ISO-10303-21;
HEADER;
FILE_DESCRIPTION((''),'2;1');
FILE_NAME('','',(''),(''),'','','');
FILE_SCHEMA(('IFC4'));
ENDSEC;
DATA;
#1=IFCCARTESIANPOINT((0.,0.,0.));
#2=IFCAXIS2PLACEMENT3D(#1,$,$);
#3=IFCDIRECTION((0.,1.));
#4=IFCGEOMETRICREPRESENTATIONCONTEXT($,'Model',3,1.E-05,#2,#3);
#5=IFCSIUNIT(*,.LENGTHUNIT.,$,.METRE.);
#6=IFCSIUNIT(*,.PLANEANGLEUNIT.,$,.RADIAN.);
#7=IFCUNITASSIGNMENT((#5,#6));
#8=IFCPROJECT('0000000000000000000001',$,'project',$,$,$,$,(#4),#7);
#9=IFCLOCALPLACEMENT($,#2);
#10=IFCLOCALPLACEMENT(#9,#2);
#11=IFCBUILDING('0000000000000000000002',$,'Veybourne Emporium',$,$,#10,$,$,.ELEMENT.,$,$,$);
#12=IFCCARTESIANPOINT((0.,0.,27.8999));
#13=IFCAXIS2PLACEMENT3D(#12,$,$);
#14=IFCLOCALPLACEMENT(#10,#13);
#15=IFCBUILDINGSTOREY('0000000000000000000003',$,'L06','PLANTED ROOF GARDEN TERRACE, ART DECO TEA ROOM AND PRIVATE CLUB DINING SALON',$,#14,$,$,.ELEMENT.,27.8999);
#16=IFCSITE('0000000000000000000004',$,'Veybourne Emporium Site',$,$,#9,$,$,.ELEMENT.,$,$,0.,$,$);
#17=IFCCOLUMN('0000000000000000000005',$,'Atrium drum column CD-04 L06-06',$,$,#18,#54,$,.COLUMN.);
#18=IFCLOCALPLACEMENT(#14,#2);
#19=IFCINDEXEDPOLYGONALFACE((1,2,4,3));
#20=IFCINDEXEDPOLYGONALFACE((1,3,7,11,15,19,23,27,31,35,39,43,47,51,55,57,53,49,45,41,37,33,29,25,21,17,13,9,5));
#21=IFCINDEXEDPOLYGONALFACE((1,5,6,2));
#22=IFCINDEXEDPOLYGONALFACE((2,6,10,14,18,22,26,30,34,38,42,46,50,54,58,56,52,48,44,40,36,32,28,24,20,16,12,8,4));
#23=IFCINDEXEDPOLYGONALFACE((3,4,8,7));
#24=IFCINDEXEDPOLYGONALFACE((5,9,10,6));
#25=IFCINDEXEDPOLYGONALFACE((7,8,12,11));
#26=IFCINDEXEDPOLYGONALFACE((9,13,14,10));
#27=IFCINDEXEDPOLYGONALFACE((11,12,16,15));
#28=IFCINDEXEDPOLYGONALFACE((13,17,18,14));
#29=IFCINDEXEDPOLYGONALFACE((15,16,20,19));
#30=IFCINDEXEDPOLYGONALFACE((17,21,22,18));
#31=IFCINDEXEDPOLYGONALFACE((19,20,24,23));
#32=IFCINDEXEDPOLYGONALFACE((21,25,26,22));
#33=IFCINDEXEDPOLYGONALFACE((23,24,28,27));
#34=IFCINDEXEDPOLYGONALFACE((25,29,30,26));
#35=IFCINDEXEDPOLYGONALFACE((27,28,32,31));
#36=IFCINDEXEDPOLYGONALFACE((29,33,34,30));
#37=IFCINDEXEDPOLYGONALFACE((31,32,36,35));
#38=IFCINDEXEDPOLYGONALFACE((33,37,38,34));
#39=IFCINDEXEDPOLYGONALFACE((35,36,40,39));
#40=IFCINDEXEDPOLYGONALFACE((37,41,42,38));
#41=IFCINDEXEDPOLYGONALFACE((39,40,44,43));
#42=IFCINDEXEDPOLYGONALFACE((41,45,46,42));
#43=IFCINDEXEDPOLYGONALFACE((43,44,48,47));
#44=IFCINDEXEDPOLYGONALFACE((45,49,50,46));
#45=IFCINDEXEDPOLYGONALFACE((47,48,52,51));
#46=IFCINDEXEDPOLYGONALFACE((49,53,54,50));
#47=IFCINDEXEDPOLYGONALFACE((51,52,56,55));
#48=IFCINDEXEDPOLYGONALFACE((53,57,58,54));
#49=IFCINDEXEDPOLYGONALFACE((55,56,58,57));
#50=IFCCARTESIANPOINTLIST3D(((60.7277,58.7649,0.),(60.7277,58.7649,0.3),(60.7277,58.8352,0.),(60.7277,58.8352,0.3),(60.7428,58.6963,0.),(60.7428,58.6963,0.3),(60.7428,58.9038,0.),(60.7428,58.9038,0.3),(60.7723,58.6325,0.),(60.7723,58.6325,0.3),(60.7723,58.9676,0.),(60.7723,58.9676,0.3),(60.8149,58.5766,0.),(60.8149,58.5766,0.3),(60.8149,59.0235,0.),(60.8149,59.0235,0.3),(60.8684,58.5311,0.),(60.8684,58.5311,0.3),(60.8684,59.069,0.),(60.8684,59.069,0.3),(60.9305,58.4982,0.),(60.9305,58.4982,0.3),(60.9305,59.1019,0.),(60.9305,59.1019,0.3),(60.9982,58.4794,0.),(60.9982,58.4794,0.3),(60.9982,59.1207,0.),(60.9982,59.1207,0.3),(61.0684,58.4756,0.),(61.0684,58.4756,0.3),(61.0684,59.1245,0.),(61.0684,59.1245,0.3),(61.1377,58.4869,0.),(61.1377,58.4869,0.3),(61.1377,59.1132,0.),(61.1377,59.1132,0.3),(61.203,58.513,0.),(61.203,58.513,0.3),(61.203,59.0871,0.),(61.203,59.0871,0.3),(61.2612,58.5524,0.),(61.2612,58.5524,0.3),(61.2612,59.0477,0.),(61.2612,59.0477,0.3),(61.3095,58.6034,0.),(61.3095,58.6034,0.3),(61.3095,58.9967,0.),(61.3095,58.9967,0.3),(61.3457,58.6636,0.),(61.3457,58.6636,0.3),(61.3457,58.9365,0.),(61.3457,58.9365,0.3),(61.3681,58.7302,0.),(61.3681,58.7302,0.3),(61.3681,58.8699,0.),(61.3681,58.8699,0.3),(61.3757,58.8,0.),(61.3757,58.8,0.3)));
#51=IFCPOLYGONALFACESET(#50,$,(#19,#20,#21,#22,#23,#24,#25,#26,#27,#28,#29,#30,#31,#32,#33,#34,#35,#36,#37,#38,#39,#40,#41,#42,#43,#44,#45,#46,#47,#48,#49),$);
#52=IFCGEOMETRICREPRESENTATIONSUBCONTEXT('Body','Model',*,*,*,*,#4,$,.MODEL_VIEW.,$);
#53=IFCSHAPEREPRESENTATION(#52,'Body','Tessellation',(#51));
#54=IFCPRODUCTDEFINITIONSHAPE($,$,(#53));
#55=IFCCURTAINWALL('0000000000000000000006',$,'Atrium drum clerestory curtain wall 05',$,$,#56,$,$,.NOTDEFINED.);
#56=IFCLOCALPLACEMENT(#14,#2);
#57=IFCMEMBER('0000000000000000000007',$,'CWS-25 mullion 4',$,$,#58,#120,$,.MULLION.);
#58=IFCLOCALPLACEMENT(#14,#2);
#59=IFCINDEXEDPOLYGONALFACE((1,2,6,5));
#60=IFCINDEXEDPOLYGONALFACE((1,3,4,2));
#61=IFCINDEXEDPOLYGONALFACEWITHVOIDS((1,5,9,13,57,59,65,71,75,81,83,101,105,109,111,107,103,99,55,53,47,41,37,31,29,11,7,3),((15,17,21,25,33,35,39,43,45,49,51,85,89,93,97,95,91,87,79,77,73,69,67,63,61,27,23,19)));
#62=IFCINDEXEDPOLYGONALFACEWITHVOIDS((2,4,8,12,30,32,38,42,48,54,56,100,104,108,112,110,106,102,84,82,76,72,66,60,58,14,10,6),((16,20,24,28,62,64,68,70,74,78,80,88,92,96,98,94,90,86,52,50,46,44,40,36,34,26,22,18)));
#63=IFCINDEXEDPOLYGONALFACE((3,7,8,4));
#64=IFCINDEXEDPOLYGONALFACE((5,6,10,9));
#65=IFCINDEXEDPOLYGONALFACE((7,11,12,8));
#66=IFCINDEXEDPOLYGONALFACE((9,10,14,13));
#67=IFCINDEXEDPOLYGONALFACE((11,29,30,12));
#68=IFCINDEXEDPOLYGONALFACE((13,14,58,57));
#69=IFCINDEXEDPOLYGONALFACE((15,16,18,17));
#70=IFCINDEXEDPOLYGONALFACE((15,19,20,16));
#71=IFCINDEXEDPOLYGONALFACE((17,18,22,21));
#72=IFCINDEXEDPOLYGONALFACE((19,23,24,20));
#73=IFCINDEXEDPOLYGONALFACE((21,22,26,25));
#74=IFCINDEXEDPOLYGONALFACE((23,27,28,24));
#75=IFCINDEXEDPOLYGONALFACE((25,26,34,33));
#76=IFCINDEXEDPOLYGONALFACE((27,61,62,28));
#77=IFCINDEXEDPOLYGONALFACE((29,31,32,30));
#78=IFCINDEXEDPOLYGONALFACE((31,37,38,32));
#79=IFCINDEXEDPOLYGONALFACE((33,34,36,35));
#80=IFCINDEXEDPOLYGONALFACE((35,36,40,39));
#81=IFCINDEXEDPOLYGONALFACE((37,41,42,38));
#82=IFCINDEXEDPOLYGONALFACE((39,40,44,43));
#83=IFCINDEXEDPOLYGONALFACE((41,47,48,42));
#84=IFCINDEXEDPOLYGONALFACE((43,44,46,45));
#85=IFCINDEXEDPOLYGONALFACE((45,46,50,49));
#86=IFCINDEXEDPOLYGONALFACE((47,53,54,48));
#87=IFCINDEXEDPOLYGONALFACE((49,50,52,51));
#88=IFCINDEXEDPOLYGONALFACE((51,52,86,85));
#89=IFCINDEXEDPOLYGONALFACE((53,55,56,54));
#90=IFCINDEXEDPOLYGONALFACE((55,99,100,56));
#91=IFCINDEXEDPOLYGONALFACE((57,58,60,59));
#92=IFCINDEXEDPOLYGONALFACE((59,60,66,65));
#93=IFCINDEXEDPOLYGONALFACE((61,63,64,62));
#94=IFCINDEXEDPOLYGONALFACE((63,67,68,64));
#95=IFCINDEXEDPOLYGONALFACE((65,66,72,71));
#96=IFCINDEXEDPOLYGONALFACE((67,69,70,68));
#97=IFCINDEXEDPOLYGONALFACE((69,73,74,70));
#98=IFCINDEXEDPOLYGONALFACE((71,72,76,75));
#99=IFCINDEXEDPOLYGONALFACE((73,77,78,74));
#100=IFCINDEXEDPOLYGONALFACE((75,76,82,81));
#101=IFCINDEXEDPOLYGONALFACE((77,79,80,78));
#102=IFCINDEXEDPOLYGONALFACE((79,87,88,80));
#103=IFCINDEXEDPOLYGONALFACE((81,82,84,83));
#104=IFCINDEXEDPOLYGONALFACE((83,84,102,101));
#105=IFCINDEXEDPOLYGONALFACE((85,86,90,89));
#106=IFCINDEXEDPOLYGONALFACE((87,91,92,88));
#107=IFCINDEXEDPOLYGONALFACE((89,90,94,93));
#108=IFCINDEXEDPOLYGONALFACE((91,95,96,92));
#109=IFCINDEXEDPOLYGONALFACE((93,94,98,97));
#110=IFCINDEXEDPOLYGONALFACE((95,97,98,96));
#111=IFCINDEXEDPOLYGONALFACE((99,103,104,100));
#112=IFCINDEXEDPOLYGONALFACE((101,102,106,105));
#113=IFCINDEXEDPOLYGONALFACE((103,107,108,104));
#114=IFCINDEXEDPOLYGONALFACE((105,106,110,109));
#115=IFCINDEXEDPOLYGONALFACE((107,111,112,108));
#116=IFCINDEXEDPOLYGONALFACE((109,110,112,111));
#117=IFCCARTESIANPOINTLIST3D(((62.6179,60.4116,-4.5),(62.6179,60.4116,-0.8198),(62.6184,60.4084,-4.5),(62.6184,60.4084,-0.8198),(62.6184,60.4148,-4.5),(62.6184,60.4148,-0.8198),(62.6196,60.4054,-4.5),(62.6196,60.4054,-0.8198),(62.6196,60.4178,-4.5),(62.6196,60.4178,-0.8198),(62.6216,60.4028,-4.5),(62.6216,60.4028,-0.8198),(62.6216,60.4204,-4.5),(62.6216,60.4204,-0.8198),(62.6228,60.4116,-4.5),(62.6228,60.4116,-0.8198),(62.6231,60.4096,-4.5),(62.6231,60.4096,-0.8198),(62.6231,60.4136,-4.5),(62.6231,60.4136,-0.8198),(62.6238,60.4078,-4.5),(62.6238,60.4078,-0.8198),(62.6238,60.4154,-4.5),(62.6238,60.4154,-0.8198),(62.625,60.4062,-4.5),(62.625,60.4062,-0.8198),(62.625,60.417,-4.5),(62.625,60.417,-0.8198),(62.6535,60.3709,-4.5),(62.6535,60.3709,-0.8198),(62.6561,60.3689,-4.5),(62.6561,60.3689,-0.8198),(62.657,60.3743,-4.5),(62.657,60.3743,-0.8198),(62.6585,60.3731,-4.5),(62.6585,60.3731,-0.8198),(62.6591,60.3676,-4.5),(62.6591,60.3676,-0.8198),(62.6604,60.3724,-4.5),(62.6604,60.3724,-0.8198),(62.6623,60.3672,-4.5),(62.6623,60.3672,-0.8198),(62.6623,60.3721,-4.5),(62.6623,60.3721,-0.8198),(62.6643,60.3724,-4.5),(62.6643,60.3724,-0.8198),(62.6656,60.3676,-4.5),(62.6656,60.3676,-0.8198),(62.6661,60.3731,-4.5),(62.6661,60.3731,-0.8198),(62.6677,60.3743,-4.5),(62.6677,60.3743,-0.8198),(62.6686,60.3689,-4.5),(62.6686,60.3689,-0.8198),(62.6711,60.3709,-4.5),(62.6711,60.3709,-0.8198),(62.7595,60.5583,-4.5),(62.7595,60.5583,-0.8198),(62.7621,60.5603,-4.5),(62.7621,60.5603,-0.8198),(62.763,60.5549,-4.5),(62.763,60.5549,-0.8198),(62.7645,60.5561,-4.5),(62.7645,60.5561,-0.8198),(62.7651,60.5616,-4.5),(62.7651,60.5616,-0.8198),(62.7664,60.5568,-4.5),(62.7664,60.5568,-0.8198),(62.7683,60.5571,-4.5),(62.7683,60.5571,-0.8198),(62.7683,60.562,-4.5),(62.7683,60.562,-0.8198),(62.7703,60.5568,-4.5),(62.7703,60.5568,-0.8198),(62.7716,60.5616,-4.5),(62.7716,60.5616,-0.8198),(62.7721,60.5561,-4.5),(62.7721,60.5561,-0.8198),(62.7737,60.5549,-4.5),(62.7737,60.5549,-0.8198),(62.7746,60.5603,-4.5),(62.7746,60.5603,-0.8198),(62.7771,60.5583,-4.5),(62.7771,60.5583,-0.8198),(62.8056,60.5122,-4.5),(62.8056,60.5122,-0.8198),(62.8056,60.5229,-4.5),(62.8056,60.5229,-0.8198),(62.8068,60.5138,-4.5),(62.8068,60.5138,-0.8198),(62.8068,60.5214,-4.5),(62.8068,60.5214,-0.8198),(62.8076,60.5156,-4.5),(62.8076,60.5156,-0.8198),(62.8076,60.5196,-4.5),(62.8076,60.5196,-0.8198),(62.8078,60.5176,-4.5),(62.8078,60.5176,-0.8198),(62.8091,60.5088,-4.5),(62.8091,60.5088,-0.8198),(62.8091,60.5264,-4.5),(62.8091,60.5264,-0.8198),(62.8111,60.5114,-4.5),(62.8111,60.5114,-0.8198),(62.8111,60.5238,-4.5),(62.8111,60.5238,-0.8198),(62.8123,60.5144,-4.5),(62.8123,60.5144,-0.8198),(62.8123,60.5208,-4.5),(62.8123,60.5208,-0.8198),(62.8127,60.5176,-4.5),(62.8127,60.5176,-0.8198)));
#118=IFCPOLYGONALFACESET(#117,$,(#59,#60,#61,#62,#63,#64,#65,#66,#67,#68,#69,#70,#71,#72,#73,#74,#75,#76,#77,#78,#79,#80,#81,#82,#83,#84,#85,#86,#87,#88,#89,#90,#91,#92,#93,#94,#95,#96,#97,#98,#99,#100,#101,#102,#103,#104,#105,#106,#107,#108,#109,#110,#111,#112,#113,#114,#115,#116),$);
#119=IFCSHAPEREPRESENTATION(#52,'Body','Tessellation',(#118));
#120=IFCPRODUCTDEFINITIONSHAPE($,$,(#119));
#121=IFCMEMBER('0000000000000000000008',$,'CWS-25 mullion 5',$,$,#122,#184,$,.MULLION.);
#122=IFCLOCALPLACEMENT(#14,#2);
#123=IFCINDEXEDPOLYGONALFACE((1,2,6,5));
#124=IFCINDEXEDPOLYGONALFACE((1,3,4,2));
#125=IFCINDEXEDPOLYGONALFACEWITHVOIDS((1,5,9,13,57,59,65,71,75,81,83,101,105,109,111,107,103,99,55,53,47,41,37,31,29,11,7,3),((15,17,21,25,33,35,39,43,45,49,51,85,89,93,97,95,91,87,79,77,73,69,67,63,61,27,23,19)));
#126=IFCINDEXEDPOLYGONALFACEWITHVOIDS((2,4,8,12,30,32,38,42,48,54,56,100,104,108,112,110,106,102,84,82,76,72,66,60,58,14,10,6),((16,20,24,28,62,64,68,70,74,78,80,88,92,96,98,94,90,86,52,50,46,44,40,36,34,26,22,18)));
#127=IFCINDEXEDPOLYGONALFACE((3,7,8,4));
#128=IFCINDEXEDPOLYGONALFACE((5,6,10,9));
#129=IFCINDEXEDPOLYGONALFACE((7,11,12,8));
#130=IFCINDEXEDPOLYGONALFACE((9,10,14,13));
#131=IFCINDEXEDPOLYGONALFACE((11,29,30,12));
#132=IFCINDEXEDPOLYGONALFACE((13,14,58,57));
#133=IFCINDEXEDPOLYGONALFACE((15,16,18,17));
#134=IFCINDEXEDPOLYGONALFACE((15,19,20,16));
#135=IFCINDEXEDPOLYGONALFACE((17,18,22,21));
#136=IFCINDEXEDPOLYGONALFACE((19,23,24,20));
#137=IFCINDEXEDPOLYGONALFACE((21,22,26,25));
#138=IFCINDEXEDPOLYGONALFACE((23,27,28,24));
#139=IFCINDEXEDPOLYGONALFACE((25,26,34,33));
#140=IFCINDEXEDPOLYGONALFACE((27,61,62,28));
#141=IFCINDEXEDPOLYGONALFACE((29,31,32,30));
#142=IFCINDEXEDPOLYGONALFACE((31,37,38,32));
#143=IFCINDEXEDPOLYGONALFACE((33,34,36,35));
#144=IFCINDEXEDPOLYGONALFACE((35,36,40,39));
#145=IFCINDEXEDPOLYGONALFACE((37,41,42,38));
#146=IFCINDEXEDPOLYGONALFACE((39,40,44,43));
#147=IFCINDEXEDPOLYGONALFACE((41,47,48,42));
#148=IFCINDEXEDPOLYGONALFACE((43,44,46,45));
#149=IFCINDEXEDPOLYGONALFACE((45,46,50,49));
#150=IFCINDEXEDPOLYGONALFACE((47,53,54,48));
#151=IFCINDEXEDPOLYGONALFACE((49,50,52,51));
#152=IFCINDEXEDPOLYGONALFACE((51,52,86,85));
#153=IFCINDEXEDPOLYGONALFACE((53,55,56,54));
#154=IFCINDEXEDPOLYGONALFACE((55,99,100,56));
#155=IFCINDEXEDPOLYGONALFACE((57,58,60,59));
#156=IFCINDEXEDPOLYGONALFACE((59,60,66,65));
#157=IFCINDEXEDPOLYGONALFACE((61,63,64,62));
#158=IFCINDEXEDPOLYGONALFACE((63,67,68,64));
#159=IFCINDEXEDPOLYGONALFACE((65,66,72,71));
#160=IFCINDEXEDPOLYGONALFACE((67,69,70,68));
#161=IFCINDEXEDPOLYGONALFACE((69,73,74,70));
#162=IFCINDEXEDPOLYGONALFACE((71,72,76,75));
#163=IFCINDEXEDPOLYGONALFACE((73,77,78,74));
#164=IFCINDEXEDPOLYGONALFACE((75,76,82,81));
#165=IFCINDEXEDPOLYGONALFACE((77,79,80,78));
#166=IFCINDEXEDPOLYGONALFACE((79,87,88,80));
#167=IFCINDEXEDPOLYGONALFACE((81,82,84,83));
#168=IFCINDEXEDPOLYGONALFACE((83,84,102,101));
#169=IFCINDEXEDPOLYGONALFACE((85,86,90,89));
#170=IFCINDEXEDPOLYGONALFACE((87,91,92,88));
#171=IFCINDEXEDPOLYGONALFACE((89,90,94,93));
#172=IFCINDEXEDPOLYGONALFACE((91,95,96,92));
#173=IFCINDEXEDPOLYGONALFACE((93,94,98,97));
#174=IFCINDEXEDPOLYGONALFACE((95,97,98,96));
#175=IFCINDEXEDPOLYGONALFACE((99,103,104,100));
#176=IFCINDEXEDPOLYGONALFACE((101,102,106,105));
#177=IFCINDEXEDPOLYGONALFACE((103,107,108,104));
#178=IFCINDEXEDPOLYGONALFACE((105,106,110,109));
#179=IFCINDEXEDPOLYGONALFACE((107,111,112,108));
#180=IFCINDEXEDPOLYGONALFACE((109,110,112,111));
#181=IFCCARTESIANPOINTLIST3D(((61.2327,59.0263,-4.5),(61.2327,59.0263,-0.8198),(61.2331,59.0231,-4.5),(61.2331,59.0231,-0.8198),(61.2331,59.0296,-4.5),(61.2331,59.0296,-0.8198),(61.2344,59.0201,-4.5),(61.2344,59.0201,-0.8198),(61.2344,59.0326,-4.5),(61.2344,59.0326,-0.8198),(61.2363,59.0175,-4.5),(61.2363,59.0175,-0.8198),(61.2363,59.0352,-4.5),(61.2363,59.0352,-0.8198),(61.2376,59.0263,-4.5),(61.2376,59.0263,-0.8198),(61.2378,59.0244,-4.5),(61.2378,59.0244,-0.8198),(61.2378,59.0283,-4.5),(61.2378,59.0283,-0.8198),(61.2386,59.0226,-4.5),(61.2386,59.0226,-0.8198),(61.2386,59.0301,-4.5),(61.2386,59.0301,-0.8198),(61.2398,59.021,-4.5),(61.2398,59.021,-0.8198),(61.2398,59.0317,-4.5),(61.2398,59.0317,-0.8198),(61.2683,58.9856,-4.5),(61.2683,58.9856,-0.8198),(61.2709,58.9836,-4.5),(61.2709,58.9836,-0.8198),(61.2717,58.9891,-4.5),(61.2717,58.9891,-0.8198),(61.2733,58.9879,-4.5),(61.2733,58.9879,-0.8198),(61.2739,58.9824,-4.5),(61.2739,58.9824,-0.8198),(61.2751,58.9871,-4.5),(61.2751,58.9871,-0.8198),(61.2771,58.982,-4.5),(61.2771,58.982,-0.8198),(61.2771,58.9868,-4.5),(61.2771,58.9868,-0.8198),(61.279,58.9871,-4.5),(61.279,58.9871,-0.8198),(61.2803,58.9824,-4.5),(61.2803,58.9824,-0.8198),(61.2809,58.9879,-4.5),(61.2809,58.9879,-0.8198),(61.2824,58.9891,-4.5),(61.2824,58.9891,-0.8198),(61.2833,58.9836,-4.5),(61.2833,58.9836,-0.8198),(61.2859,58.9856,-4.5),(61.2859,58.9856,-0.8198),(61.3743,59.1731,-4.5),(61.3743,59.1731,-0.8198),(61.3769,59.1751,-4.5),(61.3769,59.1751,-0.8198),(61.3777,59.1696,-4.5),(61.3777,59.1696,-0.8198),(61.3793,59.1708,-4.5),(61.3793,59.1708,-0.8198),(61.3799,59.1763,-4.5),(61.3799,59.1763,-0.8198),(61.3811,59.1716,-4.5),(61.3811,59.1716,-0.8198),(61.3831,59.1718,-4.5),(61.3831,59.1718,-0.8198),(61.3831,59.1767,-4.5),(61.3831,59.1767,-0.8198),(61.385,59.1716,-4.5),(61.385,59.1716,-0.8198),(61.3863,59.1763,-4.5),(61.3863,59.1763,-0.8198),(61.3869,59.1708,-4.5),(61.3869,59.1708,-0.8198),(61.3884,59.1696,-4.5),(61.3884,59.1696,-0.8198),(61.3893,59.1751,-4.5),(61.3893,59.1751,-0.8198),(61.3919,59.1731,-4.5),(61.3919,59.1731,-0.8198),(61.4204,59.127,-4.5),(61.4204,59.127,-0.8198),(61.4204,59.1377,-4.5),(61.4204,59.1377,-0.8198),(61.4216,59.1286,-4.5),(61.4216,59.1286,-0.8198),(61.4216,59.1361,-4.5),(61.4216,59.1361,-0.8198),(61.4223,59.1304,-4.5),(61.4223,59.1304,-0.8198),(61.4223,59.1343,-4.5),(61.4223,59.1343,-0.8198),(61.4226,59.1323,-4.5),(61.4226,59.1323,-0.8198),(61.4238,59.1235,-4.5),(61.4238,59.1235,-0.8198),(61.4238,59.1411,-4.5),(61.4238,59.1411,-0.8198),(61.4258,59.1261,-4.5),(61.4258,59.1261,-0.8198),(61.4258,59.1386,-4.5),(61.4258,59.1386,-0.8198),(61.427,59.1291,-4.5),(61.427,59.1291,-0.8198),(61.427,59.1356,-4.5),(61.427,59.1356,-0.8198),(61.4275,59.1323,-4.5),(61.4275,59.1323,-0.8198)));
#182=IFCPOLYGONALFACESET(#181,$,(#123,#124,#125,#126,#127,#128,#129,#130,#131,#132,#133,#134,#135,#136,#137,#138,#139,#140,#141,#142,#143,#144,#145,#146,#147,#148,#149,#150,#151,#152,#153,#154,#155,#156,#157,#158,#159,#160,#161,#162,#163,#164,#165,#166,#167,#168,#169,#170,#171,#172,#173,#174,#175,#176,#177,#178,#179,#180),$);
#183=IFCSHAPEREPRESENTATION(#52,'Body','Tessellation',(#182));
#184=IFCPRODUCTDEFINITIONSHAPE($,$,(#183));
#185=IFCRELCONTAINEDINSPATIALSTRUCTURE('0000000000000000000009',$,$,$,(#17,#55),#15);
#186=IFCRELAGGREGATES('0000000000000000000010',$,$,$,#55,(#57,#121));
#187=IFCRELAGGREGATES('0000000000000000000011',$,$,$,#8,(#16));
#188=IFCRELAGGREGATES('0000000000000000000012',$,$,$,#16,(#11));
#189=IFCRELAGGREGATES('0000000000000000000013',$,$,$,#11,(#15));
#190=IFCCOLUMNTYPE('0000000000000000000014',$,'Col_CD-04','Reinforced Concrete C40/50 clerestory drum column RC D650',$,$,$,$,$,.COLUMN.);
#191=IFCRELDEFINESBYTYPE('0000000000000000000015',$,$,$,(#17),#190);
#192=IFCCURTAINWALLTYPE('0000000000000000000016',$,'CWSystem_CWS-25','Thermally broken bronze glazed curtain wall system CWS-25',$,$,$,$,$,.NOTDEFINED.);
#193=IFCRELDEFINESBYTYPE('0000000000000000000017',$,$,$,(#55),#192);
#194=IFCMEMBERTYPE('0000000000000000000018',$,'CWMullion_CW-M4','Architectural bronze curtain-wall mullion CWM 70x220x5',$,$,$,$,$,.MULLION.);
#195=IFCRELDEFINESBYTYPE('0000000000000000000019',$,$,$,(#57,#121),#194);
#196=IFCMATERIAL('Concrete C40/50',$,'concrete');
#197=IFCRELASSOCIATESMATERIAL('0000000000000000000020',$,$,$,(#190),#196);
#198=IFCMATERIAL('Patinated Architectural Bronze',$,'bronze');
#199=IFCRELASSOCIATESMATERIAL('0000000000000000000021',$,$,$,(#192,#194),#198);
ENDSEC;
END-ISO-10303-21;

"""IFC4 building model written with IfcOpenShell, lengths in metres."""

from ifc_helpers import new_model, si_unit, direction, frame, origin, origin_2d, place, context, subcontext, project, spatial, hollow_rectangle, circle, extrude, material, material_profile, profile_set, type_object, element, aggregate, save


model = new_model("IFC4")

# Units and contexts
model_context = context("Model", 3, precision=1e-05, world=origin(), true_north=direction((0.0, 1.0)))
body_context = subcontext(model_context, "Body", "Model", "MODEL_VIEW")
ifc_project = project(units=[si_unit("LENGTHUNIT", "METRE"), si_unit("PLANEANGLEUNIT", "RADIAN")], contexts=[model_context])

# Site, building, storey
site_placement = place(None, origin())
site = spatial("IfcSite", under=ifc_project, at=site_placement, Name="Veybourne Emporium Site", CompositionType="ELEMENT", RefElevation=0.0)
building_placement = place(site_placement, origin())
building = spatial("IfcBuilding", under=site, at=building_placement, Name="Veybourne Emporium", CompositionType="ELEMENT")
storey_placement = place(building_placement, frame((0.0, 0.0, 27.8999)))
storey = spatial("IfcBuildingStorey", under=building, at=storey_placement, Name="L06", Description="PLANTED ROOF GARDEN TERRACE, ART DECO TEA ROOM AND PRIVATE CLUB DINING SALON", CompositionType="ELEMENT", Elevation=27.8999)

# Column
ifc_material_1 = material(Name="Concrete C40/50", Category="concrete")
ifc_material_profile_1 = material_profile(ifc_material_1, circle(Radius=0.325, at=origin_2d()), Name="RC D650")
ifc_profile_set_1 = profile_set([ifc_material_profile_1], Name="Concrete C40/50")
column_type = type_object("IfcColumnType", Name="Col_CD-04", Description="Reinforced Concrete C40/50 clerestory drum column RC D650", PredefinedType="COLUMN", material=ifc_profile_set_1)
column_placement = place(storey_placement, frame((61.0508, 58.8, 0.0), z_axis=(0.0, 0.0, 1.0), x_axis=(1.0, 0.0, 0.0)))
element("IfcColumn", 1, at=column_placement, inside=storey, type_object=column_type, Name="Atrium drum column CD-04 L06-06", PredefinedType="COLUMN", context=body_context, shape_type="SweptSolid", body=[
    extrude(circle(Radius=0.325, at=origin_2d()), origin(), (0.0, 0.0, 1.0), 0.3),
])

# Curtain wall, members
ifc_material_2 = material(Name="Patinated Architectural Bronze", Category="bronze")
curtain_wall_type_1 = type_object("IfcCurtainWallType", Name="CWSystem_CWS-25", Description="Thermally broken bronze glazed curtain wall system CWS-25", PredefinedType="NOTDEFINED", material=ifc_material_2)
curtain_wall_1_placement = place(storey_placement, origin())
curtain_wall_1 = element("IfcCurtainWall", 2, at=curtain_wall_1_placement, inside=storey, type_object=curtain_wall_type_1, Name="Atrium drum clerestory curtain wall 05", PredefinedType="NOTDEFINED")
ifc_material_profile_2 = material_profile(ifc_material_2, hollow_rectangle(XDim=0.0701, YDim=0.22, WallThickness=0.0049, InnerFilletRadius=0.0076, OuterFilletRadius=0.0125, at=origin_2d()), Name="CWM 70x220x5")
ifc_profile_set_2 = profile_set([ifc_material_profile_2], Name="Patinated Architectural Bronze")
member_type_1 = type_object("IfcMemberType", Name="CWMullion_CW-M4", Description="Architectural bronze curtain-wall mullion CWM 70x220x5", PredefinedType="MULLION", material=ifc_profile_set_2)
member_1_placement = place(storey_placement, frame((62.7153, 60.4646, -4.5), z_axis=(0.0, 0.0, 1.0), x_axis=(0.707107, -0.707107, 0.0)))
member_1 = element("IfcMember", 3, at=member_1_placement, type_object=member_type_1, Name="CWS-25 mullion 4", PredefinedType="MULLION", context=body_context, shape_type="SweptSolid", body=[
    extrude(hollow_rectangle(XDim=0.0701, YDim=0.22, WallThickness=0.0049, InnerFilletRadius=0.0076, OuterFilletRadius=0.0125, at=origin_2d()), origin(), (0.0, 0.0, 1.0), 3.6802),
])
member_2_placement = place(storey_placement, frame((61.3301, 59.0793, -4.5), z_axis=(0.0, 0.0, 1.0), x_axis=(0.707107, -0.707107, 0.0)))
member_2 = element("IfcMember", 4, at=member_2_placement, type_object=member_type_1, Name="CWS-25 mullion 5", PredefinedType="MULLION", context=body_context, shape_type="SweptSolid", body=[
    extrude(hollow_rectangle(XDim=0.0701, YDim=0.22, WallThickness=0.0049, InnerFilletRadius=0.0076, OuterFilletRadius=0.0125, at=origin_2d()), origin(), (0.0, 0.0, 1.0), 3.6802),
])

aggregate(curtain_wall_1, [member_1, member_2])

save(model, "model.ifc")
